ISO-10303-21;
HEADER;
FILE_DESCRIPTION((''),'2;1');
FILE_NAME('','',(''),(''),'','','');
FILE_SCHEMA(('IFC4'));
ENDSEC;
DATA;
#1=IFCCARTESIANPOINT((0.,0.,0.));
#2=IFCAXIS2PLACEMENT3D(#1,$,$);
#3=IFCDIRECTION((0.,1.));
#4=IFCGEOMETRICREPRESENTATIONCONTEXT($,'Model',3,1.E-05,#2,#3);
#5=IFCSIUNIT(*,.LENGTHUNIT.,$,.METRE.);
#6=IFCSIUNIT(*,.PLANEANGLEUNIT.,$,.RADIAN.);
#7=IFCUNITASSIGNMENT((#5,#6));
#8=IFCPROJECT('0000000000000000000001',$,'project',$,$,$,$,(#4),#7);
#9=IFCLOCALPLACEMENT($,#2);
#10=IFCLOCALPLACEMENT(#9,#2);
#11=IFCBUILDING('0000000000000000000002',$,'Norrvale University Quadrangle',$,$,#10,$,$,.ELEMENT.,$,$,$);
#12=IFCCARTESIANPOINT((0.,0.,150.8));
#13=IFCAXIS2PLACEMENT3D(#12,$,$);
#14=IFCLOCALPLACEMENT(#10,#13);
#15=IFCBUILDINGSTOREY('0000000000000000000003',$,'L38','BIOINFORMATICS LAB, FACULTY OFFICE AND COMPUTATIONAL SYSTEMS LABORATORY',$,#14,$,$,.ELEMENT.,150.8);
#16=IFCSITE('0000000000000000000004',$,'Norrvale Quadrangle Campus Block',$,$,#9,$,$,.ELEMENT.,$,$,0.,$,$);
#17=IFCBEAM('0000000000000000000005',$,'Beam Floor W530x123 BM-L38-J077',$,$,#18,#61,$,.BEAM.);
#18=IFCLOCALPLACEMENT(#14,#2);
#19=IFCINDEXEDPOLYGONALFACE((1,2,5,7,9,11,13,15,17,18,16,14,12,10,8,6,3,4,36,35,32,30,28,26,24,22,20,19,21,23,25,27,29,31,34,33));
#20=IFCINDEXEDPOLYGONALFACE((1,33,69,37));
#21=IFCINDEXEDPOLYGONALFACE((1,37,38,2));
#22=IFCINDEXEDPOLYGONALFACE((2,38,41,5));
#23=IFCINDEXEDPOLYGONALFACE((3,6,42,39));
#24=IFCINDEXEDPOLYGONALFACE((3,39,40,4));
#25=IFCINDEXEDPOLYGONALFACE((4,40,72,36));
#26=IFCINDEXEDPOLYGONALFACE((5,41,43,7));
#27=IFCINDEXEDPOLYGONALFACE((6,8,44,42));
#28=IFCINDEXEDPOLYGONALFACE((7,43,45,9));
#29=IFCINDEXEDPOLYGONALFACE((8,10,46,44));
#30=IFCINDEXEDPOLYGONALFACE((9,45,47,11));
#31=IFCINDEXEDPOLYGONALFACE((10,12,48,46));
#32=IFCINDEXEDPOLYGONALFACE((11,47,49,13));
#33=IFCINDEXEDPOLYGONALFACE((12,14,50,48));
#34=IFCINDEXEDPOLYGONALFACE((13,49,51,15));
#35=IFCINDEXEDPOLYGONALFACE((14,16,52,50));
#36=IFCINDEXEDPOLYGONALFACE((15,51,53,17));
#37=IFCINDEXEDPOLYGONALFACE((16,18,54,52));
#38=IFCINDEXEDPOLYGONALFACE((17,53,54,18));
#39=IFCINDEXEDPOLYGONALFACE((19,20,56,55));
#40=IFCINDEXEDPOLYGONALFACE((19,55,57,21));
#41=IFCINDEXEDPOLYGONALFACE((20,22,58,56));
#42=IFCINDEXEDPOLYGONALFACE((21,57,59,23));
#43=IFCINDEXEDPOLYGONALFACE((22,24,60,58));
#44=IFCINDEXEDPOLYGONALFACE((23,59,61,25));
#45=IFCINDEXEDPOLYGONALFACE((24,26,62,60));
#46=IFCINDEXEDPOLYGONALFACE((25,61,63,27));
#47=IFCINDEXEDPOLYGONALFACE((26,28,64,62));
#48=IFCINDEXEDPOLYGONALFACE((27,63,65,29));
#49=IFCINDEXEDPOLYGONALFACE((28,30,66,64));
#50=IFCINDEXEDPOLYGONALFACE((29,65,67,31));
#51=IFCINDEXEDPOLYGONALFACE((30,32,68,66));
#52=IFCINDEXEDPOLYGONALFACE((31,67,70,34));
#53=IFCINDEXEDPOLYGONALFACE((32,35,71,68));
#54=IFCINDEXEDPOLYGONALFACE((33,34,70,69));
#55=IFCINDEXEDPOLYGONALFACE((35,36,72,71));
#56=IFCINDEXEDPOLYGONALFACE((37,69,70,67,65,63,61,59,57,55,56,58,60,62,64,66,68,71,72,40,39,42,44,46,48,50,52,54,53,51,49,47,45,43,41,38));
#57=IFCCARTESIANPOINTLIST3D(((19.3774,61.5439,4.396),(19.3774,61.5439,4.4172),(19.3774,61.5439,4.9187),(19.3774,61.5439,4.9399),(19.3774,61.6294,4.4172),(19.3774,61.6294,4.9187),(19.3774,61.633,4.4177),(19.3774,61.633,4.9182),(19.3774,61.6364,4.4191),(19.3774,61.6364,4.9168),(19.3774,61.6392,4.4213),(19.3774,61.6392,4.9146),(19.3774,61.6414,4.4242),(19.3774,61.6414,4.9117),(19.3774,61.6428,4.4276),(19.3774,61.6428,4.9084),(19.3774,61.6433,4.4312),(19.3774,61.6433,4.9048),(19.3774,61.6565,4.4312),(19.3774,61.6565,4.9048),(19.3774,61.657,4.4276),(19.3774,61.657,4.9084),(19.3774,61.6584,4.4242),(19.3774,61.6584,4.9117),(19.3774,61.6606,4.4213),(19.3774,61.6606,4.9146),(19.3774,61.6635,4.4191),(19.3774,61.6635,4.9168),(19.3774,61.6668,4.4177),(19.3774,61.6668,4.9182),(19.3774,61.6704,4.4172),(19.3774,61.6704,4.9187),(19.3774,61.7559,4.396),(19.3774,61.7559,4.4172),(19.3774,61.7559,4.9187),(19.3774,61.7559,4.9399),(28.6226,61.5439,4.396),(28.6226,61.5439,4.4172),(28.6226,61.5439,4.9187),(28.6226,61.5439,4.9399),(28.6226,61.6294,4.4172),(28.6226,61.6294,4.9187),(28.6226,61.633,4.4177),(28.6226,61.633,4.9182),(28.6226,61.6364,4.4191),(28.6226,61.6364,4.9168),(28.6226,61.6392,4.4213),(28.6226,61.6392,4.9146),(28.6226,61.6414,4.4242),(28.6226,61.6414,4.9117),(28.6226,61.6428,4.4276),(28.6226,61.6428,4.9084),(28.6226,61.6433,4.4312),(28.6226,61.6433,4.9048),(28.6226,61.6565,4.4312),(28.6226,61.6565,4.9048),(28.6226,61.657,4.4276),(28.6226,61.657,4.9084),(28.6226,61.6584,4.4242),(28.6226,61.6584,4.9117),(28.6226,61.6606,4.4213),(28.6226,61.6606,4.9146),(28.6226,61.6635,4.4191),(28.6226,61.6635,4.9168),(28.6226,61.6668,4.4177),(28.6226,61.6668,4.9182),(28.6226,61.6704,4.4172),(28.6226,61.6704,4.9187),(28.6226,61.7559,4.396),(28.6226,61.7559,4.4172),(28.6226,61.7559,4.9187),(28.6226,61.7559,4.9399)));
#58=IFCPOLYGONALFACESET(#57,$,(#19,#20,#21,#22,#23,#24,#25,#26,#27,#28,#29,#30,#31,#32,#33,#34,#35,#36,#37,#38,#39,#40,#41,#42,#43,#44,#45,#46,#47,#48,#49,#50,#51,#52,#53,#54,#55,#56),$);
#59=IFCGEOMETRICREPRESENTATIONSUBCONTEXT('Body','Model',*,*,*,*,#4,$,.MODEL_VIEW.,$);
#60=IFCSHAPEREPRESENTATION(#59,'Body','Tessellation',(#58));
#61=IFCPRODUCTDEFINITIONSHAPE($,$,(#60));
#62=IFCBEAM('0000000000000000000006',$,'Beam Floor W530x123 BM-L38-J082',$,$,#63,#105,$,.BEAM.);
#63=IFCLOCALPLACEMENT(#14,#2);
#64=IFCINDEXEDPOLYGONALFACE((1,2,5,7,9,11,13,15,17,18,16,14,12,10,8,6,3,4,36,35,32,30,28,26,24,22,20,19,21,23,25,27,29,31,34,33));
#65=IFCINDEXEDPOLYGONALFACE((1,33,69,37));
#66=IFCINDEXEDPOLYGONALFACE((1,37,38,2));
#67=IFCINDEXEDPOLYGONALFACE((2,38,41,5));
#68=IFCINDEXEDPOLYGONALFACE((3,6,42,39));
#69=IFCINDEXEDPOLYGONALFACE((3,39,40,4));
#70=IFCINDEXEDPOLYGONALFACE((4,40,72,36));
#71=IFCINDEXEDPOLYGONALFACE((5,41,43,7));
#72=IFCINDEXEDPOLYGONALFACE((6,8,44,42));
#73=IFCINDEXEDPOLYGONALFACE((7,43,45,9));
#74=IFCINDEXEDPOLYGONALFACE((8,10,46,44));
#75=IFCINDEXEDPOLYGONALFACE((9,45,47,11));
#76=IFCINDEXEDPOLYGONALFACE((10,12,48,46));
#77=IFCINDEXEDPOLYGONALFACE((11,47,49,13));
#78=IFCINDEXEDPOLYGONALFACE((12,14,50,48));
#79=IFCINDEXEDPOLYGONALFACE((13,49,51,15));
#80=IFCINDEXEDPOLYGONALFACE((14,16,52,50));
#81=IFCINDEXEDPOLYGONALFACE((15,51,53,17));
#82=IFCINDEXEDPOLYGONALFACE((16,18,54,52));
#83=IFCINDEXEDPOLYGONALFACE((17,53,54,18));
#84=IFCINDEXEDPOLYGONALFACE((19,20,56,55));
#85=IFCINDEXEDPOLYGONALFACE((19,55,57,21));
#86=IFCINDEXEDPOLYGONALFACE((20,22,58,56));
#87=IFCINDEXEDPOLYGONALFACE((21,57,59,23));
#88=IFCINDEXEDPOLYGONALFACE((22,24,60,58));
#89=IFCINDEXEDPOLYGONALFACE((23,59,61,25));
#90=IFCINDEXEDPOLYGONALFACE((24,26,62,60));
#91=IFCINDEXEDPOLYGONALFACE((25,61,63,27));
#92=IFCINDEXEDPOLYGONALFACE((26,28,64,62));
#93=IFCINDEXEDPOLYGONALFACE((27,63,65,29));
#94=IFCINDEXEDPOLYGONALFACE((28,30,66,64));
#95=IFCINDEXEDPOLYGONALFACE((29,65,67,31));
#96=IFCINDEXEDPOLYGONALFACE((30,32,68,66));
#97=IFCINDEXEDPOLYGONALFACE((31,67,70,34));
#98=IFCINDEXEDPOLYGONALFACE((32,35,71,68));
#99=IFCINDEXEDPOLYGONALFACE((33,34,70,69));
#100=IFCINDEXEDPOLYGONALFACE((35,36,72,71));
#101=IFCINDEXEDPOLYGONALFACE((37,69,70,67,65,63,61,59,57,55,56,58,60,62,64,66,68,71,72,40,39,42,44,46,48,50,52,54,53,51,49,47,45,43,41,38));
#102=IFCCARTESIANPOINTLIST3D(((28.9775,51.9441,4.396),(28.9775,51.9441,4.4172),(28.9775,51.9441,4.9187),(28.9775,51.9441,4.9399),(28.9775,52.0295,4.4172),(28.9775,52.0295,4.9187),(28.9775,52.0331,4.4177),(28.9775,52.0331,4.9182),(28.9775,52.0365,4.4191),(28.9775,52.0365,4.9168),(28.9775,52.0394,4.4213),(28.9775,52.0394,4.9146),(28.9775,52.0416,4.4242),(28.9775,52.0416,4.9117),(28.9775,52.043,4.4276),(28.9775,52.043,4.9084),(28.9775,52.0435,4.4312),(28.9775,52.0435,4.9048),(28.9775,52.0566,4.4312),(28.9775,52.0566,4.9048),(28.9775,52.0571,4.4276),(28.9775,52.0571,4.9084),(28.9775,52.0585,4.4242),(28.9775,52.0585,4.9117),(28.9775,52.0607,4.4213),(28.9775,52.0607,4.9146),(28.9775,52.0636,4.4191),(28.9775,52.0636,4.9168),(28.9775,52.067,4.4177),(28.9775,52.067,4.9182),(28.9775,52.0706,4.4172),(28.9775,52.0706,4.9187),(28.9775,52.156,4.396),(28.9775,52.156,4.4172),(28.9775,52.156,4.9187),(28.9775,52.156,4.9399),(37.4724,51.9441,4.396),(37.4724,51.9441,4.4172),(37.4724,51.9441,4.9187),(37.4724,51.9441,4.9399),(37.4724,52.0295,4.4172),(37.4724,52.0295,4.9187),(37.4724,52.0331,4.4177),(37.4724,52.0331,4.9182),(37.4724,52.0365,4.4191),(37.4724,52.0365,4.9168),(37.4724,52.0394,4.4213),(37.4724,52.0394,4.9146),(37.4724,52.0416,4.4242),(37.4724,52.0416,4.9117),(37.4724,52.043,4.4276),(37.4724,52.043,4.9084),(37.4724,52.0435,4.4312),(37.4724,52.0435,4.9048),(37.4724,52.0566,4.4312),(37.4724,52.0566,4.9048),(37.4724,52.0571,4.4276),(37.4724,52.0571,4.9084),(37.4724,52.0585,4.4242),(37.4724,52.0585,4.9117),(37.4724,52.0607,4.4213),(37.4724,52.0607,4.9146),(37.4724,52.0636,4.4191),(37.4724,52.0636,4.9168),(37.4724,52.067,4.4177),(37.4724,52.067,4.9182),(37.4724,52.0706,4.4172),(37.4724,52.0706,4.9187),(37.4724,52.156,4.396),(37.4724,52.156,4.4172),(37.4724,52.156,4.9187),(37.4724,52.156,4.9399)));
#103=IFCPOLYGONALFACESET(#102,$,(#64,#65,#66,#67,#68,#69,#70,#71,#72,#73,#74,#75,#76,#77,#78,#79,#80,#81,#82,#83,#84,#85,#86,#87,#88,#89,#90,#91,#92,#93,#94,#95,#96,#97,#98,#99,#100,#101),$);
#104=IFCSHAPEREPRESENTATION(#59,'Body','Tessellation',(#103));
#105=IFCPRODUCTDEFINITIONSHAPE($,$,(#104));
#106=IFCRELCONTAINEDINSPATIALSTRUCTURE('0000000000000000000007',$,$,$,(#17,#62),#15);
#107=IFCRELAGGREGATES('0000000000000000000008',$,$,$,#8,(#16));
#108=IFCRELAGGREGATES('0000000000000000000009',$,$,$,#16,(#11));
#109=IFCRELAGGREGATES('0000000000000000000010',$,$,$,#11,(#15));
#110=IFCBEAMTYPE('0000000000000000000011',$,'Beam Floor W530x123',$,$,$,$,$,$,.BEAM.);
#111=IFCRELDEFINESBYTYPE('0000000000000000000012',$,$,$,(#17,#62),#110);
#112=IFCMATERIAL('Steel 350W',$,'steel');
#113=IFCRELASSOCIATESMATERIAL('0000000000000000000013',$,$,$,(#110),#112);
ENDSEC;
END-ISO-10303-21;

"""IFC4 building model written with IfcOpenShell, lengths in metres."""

from ifc_helpers import new_model, si_unit, direction, frame, origin, origin_2d, place, context, subcontext, project, spatial, i_section, extrude, material, material_profile, profile_set, type_object, element, save


model = new_model("IFC4")

# Units and contexts
model_context = context("Model", 3, precision=1e-05, world=origin(), true_north=direction((0.0, 1.0)))
body_context = subcontext(model_context, "Body", "Model", "MODEL_VIEW")
ifc_project = project(units=[si_unit("LENGTHUNIT", "METRE"), si_unit("PLANEANGLEUNIT", "RADIAN")], contexts=[model_context])

# Site, building, storey
site_placement = place(None, origin())
site = spatial("IfcSite", under=ifc_project, at=site_placement, Name="Norrvale Quadrangle Campus Block", CompositionType="ELEMENT", RefElevation=0.0)
building_placement = place(site_placement, origin())
building = spatial("IfcBuilding", under=site, at=building_placement, Name="Norrvale University Quadrangle", CompositionType="ELEMENT")
storey_placement = place(building_placement, frame((0.0, 0.0, 150.8)))
storey = spatial("IfcBuildingStorey", under=building, at=storey_placement, Name="L38", Description="BIOINFORMATICS LAB, FACULTY OFFICE AND COMPUTATIONAL SYSTEMS LABORATORY", CompositionType="ELEMENT", Elevation=150.8)

# Beams
ifc_material_1 = material(Name="Steel 350W", Category="steel")
ifc_material_profile_1 = material_profile(ifc_material_1, i_section(OverallWidth=0.2119, OverallDepth=0.5439, WebThickness=0.0132, FlangeThickness=0.0212, FilletRadius=0.0139, at=origin_2d()), Name="Steel 350W")
ifc_profile_set_1 = profile_set([ifc_material_profile_1], Name="Steel 350W")
beam_type_1 = type_object("IfcBeamType", Name="Beam Floor W530x123", PredefinedType="BEAM", material=ifc_profile_set_1)
for number, where, z_axis, x_axis, name in (
    (1, (19.3774, 61.6499, 4.668), (1.0, 0.0, 0.0), (0.0, 1.0, 0.0), "Beam Floor W530x123 BM-L38-J077"),
):
    element("IfcBeam", number, at=place(storey_placement, frame(where, z_axis=z_axis, x_axis=x_axis)), inside=storey, type_object=beam_type_1, Name=name, PredefinedType="BEAM", context=body_context, shape_type="SweptSolid", body=[
        extrude(i_section(OverallWidth=0.2119, OverallDepth=0.5439, WebThickness=0.0132, FlangeThickness=0.0212, FilletRadius=0.0139, at=origin_2d()), origin(), (0.0, 0.0, 1.0), 9.2451),
    ])
beam_1_placement = place(storey_placement, frame((28.9775, 52.05, 4.668), z_axis=(1.0, 0.0, 0.0), x_axis=(0.0, 1.0, 0.0)))
element("IfcBeam", 2, at=beam_1_placement, inside=storey, type_object=beam_type_1, Name="Beam Floor W530x123 BM-L38-J082", PredefinedType="BEAM", context=body_context, shape_type="SweptSolid", body=[
    extrude(i_section(OverallWidth=0.2119, OverallDepth=0.5439, WebThickness=0.0132, FlangeThickness=0.0212, FilletRadius=0.0139, at=origin_2d()), origin(), (0.0, 0.0, 1.0), 8.4949),
])

save(model, "model.ifc")
